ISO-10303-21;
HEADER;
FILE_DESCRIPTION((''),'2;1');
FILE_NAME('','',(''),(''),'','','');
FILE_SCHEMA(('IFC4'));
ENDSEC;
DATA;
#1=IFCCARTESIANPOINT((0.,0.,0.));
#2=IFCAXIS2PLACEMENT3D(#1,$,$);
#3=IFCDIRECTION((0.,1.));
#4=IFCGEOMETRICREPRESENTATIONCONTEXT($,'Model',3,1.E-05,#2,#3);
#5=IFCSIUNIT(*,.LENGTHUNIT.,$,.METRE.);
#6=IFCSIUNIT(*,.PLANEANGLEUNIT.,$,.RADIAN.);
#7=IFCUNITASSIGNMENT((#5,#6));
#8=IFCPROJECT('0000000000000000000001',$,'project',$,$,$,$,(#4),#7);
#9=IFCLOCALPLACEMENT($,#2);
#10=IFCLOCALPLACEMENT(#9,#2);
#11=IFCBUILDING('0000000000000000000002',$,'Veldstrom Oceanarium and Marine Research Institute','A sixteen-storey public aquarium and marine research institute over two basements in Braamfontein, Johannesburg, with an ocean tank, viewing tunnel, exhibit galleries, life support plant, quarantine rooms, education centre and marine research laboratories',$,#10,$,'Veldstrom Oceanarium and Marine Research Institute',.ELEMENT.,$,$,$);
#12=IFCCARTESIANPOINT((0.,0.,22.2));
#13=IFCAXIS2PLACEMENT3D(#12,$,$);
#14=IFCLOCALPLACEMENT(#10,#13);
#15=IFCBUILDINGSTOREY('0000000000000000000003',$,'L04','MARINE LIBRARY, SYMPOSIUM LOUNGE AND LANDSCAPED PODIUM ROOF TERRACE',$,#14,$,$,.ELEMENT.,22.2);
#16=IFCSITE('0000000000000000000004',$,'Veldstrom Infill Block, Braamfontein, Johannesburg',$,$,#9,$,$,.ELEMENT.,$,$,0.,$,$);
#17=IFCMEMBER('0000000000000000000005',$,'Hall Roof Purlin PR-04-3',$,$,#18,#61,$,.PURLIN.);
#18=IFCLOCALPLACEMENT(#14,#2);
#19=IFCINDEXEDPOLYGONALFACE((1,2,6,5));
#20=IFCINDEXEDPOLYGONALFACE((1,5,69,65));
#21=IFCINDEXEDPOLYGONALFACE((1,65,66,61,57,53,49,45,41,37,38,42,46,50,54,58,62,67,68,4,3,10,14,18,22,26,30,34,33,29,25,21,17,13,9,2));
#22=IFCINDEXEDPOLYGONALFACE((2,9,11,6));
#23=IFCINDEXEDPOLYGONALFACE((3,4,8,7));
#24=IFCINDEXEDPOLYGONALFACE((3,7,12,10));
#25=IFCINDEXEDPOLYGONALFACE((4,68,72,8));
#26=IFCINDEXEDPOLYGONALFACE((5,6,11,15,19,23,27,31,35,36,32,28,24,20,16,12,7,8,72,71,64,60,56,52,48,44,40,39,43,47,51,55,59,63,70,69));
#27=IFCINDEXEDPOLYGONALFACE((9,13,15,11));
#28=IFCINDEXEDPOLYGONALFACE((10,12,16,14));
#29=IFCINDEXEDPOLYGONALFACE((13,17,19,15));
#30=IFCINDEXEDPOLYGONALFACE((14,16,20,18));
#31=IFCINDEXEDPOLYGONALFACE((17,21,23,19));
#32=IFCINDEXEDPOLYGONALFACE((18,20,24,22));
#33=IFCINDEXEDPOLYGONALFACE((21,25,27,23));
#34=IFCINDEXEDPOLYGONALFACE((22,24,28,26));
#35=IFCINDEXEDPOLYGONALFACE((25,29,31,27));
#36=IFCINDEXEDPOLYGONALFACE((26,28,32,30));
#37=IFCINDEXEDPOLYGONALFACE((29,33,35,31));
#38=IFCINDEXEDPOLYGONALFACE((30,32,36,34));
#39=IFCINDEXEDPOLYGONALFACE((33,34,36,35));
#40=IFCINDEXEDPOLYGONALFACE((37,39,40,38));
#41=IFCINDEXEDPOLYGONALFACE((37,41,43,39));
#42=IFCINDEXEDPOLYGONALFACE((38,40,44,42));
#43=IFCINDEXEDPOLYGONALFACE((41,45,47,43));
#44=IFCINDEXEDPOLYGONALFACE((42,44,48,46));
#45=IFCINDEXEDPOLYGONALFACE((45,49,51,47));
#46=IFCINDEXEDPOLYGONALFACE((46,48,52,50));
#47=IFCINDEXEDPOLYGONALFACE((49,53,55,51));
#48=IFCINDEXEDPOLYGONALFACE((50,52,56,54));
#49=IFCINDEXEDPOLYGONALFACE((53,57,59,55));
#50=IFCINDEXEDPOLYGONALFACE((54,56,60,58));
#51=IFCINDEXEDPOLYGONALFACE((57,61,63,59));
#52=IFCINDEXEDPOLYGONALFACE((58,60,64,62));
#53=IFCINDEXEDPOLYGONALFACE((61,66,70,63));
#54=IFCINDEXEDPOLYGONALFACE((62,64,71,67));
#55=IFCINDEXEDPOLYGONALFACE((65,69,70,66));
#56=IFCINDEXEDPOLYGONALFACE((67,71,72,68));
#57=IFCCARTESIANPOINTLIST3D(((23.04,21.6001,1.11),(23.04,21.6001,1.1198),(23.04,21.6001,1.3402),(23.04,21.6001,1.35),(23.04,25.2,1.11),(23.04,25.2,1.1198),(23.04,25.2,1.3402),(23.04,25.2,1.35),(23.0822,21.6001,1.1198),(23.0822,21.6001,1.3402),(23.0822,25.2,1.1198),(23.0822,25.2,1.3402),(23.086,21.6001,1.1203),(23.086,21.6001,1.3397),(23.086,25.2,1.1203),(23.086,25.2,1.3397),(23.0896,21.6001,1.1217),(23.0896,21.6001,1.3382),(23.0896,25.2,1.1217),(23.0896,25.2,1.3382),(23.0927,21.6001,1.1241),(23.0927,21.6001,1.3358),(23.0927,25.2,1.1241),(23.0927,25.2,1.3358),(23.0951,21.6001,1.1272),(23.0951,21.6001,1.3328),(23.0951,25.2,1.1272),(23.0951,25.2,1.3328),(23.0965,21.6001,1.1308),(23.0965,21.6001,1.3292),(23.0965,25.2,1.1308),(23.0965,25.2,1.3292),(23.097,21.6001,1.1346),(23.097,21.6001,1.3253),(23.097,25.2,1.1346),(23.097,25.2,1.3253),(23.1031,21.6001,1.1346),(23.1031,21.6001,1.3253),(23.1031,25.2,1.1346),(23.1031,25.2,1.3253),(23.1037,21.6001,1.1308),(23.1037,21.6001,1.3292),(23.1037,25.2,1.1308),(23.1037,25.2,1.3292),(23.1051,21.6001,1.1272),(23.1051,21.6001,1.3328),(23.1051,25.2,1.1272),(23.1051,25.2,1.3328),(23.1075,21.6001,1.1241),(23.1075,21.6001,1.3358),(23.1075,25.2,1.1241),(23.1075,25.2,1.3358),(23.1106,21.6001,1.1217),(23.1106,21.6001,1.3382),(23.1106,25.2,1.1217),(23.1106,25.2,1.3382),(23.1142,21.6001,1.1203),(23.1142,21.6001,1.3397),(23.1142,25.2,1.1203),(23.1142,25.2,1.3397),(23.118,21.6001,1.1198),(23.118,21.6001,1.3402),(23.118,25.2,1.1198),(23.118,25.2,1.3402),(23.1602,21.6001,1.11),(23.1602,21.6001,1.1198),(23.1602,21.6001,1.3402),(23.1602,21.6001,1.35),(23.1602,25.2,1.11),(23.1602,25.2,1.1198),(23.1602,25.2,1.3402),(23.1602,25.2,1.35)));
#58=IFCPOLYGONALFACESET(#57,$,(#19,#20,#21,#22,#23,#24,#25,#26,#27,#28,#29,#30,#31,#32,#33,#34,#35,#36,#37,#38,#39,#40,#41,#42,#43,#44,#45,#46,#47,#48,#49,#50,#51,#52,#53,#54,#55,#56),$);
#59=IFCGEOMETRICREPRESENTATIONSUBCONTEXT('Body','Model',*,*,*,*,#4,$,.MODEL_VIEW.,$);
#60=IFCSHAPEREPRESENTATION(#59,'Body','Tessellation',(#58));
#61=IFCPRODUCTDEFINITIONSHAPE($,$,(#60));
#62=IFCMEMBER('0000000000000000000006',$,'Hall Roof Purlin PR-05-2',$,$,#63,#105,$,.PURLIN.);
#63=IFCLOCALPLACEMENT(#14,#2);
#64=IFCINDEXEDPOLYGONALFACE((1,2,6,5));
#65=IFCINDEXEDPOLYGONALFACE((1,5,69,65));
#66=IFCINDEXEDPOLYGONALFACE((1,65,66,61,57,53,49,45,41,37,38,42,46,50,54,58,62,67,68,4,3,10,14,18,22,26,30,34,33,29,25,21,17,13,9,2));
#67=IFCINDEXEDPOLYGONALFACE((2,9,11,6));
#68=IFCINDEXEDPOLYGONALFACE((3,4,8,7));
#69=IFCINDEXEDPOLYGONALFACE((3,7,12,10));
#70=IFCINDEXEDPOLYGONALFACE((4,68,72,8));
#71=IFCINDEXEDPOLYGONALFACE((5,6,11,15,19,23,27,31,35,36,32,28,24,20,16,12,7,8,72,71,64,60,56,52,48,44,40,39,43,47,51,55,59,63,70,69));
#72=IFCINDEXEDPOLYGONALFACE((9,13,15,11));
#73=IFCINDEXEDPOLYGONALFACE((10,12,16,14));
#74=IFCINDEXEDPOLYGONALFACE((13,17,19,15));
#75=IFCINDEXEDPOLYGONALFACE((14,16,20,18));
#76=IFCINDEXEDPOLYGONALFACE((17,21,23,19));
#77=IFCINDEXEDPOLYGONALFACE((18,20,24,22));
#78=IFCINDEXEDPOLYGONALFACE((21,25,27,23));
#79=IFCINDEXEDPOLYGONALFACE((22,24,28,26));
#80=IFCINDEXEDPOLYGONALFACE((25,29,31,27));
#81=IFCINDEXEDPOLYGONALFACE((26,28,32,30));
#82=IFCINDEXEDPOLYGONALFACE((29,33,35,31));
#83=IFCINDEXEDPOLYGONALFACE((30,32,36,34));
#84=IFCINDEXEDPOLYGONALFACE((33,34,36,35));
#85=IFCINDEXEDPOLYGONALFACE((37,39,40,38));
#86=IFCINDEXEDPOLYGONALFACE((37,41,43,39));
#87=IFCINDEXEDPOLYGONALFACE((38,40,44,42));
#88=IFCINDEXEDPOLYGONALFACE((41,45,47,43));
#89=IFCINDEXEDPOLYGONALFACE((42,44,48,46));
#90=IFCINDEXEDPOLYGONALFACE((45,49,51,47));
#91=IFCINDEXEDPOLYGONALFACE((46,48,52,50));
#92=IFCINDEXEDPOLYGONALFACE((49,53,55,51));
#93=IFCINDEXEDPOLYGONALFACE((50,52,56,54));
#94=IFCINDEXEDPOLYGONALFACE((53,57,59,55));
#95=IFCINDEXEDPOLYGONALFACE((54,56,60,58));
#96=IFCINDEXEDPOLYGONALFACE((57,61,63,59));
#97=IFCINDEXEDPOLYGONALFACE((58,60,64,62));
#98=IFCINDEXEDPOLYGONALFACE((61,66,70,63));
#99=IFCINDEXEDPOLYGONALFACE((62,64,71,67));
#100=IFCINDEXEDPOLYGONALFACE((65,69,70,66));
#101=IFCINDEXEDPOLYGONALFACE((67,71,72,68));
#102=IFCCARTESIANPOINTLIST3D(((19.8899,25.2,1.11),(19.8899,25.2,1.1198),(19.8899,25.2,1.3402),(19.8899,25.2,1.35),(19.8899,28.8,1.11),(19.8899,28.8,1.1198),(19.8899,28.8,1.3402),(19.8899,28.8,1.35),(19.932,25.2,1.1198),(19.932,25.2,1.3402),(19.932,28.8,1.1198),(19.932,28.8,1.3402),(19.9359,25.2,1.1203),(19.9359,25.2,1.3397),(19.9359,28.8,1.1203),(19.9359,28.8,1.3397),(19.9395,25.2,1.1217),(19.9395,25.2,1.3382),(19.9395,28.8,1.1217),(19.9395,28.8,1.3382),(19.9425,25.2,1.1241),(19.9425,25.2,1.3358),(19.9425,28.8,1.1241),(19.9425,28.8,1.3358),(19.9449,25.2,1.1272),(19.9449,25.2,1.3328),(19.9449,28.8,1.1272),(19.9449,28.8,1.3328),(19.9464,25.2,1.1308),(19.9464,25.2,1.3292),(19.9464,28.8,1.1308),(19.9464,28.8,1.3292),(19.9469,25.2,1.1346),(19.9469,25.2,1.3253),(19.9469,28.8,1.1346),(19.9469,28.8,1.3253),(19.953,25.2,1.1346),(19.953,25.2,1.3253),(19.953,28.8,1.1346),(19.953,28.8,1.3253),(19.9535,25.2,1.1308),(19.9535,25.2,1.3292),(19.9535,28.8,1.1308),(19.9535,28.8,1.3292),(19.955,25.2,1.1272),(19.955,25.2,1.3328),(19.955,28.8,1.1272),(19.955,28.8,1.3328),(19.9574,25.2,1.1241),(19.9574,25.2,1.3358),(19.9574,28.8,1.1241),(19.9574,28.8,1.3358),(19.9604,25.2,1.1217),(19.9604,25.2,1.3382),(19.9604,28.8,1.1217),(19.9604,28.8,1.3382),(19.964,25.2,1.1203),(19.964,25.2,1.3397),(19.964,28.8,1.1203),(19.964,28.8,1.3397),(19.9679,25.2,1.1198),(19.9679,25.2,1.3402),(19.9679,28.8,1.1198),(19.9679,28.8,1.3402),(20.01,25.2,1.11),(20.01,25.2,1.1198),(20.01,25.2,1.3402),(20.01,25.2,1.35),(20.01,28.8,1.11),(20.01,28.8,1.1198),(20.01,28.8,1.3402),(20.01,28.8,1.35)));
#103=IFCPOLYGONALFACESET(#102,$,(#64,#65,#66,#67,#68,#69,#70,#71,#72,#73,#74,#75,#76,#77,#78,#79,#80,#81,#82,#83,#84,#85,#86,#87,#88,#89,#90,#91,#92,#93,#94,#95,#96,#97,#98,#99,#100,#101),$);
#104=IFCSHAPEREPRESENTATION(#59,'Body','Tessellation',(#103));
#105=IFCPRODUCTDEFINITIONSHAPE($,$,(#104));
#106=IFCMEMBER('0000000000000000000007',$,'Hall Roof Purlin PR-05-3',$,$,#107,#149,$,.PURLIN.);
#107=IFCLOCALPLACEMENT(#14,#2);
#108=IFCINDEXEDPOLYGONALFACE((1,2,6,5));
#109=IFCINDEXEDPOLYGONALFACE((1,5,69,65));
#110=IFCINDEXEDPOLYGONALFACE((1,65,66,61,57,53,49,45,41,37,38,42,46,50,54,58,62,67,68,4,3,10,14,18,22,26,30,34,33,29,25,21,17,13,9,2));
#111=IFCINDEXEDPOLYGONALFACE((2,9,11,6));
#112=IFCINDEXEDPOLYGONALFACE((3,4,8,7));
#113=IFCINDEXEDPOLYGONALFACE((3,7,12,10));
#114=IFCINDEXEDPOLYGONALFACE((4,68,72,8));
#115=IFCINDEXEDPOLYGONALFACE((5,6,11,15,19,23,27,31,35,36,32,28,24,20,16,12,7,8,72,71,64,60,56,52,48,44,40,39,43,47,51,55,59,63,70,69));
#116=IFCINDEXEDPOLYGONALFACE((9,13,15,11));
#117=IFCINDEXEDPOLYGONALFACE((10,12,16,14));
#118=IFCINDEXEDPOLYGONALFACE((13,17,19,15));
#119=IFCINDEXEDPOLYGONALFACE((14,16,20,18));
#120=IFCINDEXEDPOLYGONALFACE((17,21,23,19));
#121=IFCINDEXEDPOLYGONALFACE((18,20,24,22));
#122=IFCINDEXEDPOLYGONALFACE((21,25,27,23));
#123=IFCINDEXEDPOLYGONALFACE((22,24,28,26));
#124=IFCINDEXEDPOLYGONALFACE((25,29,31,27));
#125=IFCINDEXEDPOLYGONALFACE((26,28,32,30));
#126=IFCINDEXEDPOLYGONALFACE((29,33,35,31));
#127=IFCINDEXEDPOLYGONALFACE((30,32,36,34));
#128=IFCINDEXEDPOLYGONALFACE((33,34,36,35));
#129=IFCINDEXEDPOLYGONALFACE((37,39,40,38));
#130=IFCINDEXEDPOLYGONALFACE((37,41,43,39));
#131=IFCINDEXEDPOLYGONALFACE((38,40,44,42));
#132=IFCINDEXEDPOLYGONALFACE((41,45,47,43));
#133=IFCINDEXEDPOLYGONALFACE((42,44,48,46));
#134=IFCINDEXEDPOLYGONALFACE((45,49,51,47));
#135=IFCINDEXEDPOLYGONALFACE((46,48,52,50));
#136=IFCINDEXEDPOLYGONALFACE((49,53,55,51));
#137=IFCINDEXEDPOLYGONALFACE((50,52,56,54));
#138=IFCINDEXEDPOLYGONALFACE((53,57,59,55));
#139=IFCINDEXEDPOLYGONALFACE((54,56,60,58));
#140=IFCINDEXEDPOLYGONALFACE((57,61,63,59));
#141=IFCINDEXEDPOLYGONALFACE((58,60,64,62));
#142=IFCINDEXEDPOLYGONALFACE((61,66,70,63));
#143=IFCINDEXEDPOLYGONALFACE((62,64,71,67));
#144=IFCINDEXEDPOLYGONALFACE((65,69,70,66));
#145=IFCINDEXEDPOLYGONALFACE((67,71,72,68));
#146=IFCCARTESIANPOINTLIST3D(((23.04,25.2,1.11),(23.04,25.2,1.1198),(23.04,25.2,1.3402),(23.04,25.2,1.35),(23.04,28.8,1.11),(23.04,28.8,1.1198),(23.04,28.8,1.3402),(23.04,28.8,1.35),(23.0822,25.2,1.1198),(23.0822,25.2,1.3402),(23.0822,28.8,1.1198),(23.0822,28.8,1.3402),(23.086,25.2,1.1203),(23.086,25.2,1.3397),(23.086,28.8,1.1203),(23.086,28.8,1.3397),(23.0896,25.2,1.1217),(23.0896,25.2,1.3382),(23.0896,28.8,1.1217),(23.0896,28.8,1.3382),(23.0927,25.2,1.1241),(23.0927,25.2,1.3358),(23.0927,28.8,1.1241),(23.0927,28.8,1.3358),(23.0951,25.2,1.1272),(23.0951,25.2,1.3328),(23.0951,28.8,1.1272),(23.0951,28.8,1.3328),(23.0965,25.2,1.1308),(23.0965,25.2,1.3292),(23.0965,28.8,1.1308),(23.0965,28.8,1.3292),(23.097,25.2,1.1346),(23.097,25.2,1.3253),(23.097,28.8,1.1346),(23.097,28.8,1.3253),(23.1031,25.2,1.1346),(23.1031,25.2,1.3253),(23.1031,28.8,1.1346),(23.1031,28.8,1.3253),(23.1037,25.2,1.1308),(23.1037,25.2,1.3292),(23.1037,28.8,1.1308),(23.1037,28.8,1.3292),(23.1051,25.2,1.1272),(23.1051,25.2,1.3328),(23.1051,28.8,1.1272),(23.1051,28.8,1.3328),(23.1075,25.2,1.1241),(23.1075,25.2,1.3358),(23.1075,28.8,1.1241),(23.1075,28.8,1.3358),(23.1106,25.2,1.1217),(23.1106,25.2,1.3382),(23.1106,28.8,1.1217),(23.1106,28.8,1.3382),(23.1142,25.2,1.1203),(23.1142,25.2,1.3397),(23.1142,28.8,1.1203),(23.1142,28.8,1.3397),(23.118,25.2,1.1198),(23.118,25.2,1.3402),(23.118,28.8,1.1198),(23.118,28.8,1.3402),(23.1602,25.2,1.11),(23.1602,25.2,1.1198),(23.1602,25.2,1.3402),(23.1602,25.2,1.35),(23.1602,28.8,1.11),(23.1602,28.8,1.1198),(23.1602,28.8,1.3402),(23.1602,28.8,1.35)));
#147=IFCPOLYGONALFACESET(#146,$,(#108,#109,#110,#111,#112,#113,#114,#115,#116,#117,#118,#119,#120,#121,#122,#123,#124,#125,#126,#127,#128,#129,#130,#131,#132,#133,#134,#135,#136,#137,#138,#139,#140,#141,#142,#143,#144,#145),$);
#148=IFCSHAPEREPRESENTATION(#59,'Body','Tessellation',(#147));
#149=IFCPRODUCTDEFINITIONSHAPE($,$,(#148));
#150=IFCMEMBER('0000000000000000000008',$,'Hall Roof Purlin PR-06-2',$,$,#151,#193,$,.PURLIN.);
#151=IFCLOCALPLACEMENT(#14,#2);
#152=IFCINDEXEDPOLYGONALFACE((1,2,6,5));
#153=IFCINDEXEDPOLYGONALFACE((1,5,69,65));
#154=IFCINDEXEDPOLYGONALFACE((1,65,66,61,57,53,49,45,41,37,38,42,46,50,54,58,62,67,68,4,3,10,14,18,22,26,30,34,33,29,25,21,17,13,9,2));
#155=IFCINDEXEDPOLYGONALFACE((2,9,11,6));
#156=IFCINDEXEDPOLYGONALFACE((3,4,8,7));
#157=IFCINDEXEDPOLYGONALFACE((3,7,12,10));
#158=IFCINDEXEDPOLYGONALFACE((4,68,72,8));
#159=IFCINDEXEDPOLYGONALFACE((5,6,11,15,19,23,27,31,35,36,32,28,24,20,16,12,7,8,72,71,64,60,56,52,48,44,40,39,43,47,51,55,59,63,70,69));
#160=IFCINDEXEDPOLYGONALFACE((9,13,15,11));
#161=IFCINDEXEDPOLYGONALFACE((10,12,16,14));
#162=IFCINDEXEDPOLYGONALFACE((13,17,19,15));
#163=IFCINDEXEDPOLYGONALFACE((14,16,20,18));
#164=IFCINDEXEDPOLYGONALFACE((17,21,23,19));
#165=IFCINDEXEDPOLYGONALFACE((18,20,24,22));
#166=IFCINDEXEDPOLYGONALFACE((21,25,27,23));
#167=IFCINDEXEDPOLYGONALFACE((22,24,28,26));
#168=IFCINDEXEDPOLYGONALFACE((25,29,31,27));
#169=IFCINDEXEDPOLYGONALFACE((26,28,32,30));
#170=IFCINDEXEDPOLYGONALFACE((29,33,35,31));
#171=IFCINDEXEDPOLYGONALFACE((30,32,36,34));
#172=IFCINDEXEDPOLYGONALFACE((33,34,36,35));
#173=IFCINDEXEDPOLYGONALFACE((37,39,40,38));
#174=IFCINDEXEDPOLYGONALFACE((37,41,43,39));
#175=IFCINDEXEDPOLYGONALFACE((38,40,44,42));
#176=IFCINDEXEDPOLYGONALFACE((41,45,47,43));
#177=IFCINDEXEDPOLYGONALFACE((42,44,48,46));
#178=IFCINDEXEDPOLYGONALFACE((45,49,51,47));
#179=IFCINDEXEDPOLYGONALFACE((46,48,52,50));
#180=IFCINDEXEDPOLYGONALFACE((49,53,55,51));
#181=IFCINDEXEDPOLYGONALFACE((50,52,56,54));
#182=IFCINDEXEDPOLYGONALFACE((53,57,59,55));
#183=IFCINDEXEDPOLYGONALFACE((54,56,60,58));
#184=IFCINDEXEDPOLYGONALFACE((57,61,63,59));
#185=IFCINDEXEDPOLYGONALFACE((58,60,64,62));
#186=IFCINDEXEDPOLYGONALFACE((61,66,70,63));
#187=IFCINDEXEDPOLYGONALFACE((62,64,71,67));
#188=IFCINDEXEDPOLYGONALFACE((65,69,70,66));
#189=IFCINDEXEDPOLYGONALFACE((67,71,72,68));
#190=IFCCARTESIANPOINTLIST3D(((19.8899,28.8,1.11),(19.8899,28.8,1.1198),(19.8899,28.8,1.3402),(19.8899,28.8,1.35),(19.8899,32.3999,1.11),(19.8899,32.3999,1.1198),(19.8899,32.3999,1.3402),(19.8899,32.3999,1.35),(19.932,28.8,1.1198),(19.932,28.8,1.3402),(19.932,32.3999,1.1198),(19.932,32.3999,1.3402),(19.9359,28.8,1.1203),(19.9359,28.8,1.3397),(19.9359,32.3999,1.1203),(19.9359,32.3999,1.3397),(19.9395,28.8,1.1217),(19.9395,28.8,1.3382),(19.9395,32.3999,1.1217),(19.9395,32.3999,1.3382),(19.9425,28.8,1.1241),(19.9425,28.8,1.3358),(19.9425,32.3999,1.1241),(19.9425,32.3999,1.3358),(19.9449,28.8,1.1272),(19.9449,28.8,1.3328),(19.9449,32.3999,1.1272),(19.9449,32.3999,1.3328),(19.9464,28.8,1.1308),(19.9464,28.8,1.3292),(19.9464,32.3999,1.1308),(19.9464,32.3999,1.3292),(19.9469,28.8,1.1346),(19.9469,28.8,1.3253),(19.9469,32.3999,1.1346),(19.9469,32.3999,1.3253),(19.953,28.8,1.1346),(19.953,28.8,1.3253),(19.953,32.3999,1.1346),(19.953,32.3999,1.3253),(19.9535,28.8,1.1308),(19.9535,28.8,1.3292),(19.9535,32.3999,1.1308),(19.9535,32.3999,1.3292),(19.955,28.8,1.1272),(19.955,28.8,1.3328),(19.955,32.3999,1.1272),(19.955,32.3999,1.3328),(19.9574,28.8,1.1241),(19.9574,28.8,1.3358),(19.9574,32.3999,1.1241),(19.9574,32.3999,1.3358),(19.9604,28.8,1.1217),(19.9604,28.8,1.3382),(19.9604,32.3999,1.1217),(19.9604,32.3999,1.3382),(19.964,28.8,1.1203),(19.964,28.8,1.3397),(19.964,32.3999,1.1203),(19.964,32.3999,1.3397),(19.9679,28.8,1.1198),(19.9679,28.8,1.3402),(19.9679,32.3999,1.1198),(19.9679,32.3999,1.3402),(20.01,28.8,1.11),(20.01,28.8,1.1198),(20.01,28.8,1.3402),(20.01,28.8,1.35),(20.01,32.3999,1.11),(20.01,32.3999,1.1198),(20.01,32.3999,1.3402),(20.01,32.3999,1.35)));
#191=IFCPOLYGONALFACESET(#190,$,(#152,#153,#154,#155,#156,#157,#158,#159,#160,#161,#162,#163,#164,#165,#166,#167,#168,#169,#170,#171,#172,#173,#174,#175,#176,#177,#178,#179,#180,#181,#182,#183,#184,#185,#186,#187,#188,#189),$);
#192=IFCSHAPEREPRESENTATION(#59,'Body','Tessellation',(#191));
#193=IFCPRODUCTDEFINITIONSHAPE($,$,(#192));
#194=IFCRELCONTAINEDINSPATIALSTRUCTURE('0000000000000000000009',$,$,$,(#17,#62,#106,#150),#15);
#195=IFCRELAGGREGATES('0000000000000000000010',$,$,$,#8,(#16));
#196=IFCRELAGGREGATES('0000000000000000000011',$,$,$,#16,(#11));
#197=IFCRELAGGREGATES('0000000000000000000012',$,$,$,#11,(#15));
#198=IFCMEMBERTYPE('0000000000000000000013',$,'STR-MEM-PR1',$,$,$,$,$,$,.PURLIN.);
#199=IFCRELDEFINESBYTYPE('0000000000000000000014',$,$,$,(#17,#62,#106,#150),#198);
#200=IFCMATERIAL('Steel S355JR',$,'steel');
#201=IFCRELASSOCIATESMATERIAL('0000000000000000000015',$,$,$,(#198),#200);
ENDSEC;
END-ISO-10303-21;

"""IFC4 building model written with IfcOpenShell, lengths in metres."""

from ifc_helpers import new_model, si_unit, direction, frame, origin, origin_2d, place, context, subcontext, project, spatial, i_section, extrude, material, material_profile, profile_set, type_object, element, save


model = new_model("IFC4")

# Units and contexts
model_context = context("Model", 3, precision=1e-05, world=origin(), true_north=direction((0.0, 1.0)))
body_context = subcontext(model_context, "Body", "Model", "MODEL_VIEW")
ifc_project = project(units=[si_unit("LENGTHUNIT", "METRE"), si_unit("PLANEANGLEUNIT", "RADIAN")], contexts=[model_context])

# Site, building, storey
site_placement = place(None, origin())
site = spatial("IfcSite", under=ifc_project, at=site_placement, Name="Veldstrom Infill Block, Braamfontein, Johannesburg", CompositionType="ELEMENT", RefElevation=0.0)
building_placement = place(site_placement, origin())
building = spatial("IfcBuilding", under=site, at=building_placement, Name="Veldstrom Oceanarium and Marine Research Institute", Description="A sixteen-storey public aquarium and marine research institute over two basements in Braamfontein, Johannesburg, with an ocean tank, viewing tunnel, exhibit galleries, life support plant, quarantine rooms, education centre and marine research laboratories", LongName="Veldstrom Oceanarium and Marine Research Institute", CompositionType="ELEMENT")
storey_placement = place(building_placement, frame((0.0, 0.0, 22.2)))
storey = spatial("IfcBuildingStorey", under=building, at=storey_placement, Name="L04", Description="MARINE LIBRARY, SYMPOSIUM LOUNGE AND LANDSCAPED PODIUM ROOF TERRACE", CompositionType="ELEMENT", Elevation=22.2)

# Members
ifc_material_1 = material(Name="Steel S355JR", Category="steel")
ifc_material_profile_1 = material_profile(ifc_material_1, i_section(OverallWidth=0.1201, OverallDepth=0.24, WebThickness=0.0061, FlangeThickness=0.0098, FilletRadius=0.0149, at=origin_2d()), Name="IPE 240")
ifc_profile_set_1 = profile_set([ifc_material_profile_1], Name="Steel S355JR")
member_type_1 = type_object("IfcMemberType", Name="STR-MEM-PR1", PredefinedType="PURLIN", material=ifc_profile_set_1)
for number, where, z_axis, x_axis, name in (
    (1, (23.1001, 21.6001, 1.23), (0.0, 1.0, 0.0), (-1.0, 0.0, 0.0), "Hall Roof Purlin PR-04-3"),
):
    element("IfcMember", number, at=place(storey_placement, frame(where, z_axis=z_axis, x_axis=x_axis)), inside=storey, type_object=member_type_1, Name=name, PredefinedType="PURLIN", context=body_context, shape_type="SweptSolid", body=[
        extrude(i_section(OverallWidth=0.1201, OverallDepth=0.24, WebThickness=0.0061, FlangeThickness=0.0098, FilletRadius=0.0149, at=origin_2d()), origin(), (0.0, 0.0, 1.0), 3.5999),
    ])
for number, where, z_axis, x_axis, name in (
    (2, (19.95, 25.2, 1.23), (0.0, 1.0, 0.0), (-1.0, 0.0, 0.0), "Hall Roof Purlin PR-05-2"),
    (3, (23.1001, 25.2, 1.23), (0.0, 1.0, 0.0), (-1.0, 0.0, 0.0), "Hall Roof Purlin PR-05-3"),
):
    element("IfcMember", number, at=place(storey_placement, frame(where, z_axis=z_axis, x_axis=x_axis)), inside=storey, type_object=member_type_1, Name=name, PredefinedType="PURLIN", context=body_context, shape_type="SweptSolid", body=[
        extrude(i_section(OverallWidth=0.1201, OverallDepth=0.24, WebThickness=0.0061, FlangeThickness=0.0098, FilletRadius=0.0149, at=origin_2d()), origin(), (0.0, 0.0, 1.0), 3.6001),
    ])
for number, where, z_axis, x_axis, name in (
    (4, (19.95, 28.8, 1.23), (0.0, 1.0, 0.0), (-1.0, 0.0, 0.0), "Hall Roof Purlin PR-06-2"),
):
    element("IfcMember", number, at=place(storey_placement, frame(where, z_axis=z_axis, x_axis=x_axis)), inside=storey, type_object=member_type_1, Name=name, PredefinedType="PURLIN", context=body_context, shape_type="SweptSolid", body=[
        extrude(i_section(OverallWidth=0.1201, OverallDepth=0.24, WebThickness=0.0061, FlangeThickness=0.0098, FilletRadius=0.0149, at=origin_2d()), origin(), (0.0, 0.0, 1.0), 3.5999),
    ])

save(model, "model.ifc")
